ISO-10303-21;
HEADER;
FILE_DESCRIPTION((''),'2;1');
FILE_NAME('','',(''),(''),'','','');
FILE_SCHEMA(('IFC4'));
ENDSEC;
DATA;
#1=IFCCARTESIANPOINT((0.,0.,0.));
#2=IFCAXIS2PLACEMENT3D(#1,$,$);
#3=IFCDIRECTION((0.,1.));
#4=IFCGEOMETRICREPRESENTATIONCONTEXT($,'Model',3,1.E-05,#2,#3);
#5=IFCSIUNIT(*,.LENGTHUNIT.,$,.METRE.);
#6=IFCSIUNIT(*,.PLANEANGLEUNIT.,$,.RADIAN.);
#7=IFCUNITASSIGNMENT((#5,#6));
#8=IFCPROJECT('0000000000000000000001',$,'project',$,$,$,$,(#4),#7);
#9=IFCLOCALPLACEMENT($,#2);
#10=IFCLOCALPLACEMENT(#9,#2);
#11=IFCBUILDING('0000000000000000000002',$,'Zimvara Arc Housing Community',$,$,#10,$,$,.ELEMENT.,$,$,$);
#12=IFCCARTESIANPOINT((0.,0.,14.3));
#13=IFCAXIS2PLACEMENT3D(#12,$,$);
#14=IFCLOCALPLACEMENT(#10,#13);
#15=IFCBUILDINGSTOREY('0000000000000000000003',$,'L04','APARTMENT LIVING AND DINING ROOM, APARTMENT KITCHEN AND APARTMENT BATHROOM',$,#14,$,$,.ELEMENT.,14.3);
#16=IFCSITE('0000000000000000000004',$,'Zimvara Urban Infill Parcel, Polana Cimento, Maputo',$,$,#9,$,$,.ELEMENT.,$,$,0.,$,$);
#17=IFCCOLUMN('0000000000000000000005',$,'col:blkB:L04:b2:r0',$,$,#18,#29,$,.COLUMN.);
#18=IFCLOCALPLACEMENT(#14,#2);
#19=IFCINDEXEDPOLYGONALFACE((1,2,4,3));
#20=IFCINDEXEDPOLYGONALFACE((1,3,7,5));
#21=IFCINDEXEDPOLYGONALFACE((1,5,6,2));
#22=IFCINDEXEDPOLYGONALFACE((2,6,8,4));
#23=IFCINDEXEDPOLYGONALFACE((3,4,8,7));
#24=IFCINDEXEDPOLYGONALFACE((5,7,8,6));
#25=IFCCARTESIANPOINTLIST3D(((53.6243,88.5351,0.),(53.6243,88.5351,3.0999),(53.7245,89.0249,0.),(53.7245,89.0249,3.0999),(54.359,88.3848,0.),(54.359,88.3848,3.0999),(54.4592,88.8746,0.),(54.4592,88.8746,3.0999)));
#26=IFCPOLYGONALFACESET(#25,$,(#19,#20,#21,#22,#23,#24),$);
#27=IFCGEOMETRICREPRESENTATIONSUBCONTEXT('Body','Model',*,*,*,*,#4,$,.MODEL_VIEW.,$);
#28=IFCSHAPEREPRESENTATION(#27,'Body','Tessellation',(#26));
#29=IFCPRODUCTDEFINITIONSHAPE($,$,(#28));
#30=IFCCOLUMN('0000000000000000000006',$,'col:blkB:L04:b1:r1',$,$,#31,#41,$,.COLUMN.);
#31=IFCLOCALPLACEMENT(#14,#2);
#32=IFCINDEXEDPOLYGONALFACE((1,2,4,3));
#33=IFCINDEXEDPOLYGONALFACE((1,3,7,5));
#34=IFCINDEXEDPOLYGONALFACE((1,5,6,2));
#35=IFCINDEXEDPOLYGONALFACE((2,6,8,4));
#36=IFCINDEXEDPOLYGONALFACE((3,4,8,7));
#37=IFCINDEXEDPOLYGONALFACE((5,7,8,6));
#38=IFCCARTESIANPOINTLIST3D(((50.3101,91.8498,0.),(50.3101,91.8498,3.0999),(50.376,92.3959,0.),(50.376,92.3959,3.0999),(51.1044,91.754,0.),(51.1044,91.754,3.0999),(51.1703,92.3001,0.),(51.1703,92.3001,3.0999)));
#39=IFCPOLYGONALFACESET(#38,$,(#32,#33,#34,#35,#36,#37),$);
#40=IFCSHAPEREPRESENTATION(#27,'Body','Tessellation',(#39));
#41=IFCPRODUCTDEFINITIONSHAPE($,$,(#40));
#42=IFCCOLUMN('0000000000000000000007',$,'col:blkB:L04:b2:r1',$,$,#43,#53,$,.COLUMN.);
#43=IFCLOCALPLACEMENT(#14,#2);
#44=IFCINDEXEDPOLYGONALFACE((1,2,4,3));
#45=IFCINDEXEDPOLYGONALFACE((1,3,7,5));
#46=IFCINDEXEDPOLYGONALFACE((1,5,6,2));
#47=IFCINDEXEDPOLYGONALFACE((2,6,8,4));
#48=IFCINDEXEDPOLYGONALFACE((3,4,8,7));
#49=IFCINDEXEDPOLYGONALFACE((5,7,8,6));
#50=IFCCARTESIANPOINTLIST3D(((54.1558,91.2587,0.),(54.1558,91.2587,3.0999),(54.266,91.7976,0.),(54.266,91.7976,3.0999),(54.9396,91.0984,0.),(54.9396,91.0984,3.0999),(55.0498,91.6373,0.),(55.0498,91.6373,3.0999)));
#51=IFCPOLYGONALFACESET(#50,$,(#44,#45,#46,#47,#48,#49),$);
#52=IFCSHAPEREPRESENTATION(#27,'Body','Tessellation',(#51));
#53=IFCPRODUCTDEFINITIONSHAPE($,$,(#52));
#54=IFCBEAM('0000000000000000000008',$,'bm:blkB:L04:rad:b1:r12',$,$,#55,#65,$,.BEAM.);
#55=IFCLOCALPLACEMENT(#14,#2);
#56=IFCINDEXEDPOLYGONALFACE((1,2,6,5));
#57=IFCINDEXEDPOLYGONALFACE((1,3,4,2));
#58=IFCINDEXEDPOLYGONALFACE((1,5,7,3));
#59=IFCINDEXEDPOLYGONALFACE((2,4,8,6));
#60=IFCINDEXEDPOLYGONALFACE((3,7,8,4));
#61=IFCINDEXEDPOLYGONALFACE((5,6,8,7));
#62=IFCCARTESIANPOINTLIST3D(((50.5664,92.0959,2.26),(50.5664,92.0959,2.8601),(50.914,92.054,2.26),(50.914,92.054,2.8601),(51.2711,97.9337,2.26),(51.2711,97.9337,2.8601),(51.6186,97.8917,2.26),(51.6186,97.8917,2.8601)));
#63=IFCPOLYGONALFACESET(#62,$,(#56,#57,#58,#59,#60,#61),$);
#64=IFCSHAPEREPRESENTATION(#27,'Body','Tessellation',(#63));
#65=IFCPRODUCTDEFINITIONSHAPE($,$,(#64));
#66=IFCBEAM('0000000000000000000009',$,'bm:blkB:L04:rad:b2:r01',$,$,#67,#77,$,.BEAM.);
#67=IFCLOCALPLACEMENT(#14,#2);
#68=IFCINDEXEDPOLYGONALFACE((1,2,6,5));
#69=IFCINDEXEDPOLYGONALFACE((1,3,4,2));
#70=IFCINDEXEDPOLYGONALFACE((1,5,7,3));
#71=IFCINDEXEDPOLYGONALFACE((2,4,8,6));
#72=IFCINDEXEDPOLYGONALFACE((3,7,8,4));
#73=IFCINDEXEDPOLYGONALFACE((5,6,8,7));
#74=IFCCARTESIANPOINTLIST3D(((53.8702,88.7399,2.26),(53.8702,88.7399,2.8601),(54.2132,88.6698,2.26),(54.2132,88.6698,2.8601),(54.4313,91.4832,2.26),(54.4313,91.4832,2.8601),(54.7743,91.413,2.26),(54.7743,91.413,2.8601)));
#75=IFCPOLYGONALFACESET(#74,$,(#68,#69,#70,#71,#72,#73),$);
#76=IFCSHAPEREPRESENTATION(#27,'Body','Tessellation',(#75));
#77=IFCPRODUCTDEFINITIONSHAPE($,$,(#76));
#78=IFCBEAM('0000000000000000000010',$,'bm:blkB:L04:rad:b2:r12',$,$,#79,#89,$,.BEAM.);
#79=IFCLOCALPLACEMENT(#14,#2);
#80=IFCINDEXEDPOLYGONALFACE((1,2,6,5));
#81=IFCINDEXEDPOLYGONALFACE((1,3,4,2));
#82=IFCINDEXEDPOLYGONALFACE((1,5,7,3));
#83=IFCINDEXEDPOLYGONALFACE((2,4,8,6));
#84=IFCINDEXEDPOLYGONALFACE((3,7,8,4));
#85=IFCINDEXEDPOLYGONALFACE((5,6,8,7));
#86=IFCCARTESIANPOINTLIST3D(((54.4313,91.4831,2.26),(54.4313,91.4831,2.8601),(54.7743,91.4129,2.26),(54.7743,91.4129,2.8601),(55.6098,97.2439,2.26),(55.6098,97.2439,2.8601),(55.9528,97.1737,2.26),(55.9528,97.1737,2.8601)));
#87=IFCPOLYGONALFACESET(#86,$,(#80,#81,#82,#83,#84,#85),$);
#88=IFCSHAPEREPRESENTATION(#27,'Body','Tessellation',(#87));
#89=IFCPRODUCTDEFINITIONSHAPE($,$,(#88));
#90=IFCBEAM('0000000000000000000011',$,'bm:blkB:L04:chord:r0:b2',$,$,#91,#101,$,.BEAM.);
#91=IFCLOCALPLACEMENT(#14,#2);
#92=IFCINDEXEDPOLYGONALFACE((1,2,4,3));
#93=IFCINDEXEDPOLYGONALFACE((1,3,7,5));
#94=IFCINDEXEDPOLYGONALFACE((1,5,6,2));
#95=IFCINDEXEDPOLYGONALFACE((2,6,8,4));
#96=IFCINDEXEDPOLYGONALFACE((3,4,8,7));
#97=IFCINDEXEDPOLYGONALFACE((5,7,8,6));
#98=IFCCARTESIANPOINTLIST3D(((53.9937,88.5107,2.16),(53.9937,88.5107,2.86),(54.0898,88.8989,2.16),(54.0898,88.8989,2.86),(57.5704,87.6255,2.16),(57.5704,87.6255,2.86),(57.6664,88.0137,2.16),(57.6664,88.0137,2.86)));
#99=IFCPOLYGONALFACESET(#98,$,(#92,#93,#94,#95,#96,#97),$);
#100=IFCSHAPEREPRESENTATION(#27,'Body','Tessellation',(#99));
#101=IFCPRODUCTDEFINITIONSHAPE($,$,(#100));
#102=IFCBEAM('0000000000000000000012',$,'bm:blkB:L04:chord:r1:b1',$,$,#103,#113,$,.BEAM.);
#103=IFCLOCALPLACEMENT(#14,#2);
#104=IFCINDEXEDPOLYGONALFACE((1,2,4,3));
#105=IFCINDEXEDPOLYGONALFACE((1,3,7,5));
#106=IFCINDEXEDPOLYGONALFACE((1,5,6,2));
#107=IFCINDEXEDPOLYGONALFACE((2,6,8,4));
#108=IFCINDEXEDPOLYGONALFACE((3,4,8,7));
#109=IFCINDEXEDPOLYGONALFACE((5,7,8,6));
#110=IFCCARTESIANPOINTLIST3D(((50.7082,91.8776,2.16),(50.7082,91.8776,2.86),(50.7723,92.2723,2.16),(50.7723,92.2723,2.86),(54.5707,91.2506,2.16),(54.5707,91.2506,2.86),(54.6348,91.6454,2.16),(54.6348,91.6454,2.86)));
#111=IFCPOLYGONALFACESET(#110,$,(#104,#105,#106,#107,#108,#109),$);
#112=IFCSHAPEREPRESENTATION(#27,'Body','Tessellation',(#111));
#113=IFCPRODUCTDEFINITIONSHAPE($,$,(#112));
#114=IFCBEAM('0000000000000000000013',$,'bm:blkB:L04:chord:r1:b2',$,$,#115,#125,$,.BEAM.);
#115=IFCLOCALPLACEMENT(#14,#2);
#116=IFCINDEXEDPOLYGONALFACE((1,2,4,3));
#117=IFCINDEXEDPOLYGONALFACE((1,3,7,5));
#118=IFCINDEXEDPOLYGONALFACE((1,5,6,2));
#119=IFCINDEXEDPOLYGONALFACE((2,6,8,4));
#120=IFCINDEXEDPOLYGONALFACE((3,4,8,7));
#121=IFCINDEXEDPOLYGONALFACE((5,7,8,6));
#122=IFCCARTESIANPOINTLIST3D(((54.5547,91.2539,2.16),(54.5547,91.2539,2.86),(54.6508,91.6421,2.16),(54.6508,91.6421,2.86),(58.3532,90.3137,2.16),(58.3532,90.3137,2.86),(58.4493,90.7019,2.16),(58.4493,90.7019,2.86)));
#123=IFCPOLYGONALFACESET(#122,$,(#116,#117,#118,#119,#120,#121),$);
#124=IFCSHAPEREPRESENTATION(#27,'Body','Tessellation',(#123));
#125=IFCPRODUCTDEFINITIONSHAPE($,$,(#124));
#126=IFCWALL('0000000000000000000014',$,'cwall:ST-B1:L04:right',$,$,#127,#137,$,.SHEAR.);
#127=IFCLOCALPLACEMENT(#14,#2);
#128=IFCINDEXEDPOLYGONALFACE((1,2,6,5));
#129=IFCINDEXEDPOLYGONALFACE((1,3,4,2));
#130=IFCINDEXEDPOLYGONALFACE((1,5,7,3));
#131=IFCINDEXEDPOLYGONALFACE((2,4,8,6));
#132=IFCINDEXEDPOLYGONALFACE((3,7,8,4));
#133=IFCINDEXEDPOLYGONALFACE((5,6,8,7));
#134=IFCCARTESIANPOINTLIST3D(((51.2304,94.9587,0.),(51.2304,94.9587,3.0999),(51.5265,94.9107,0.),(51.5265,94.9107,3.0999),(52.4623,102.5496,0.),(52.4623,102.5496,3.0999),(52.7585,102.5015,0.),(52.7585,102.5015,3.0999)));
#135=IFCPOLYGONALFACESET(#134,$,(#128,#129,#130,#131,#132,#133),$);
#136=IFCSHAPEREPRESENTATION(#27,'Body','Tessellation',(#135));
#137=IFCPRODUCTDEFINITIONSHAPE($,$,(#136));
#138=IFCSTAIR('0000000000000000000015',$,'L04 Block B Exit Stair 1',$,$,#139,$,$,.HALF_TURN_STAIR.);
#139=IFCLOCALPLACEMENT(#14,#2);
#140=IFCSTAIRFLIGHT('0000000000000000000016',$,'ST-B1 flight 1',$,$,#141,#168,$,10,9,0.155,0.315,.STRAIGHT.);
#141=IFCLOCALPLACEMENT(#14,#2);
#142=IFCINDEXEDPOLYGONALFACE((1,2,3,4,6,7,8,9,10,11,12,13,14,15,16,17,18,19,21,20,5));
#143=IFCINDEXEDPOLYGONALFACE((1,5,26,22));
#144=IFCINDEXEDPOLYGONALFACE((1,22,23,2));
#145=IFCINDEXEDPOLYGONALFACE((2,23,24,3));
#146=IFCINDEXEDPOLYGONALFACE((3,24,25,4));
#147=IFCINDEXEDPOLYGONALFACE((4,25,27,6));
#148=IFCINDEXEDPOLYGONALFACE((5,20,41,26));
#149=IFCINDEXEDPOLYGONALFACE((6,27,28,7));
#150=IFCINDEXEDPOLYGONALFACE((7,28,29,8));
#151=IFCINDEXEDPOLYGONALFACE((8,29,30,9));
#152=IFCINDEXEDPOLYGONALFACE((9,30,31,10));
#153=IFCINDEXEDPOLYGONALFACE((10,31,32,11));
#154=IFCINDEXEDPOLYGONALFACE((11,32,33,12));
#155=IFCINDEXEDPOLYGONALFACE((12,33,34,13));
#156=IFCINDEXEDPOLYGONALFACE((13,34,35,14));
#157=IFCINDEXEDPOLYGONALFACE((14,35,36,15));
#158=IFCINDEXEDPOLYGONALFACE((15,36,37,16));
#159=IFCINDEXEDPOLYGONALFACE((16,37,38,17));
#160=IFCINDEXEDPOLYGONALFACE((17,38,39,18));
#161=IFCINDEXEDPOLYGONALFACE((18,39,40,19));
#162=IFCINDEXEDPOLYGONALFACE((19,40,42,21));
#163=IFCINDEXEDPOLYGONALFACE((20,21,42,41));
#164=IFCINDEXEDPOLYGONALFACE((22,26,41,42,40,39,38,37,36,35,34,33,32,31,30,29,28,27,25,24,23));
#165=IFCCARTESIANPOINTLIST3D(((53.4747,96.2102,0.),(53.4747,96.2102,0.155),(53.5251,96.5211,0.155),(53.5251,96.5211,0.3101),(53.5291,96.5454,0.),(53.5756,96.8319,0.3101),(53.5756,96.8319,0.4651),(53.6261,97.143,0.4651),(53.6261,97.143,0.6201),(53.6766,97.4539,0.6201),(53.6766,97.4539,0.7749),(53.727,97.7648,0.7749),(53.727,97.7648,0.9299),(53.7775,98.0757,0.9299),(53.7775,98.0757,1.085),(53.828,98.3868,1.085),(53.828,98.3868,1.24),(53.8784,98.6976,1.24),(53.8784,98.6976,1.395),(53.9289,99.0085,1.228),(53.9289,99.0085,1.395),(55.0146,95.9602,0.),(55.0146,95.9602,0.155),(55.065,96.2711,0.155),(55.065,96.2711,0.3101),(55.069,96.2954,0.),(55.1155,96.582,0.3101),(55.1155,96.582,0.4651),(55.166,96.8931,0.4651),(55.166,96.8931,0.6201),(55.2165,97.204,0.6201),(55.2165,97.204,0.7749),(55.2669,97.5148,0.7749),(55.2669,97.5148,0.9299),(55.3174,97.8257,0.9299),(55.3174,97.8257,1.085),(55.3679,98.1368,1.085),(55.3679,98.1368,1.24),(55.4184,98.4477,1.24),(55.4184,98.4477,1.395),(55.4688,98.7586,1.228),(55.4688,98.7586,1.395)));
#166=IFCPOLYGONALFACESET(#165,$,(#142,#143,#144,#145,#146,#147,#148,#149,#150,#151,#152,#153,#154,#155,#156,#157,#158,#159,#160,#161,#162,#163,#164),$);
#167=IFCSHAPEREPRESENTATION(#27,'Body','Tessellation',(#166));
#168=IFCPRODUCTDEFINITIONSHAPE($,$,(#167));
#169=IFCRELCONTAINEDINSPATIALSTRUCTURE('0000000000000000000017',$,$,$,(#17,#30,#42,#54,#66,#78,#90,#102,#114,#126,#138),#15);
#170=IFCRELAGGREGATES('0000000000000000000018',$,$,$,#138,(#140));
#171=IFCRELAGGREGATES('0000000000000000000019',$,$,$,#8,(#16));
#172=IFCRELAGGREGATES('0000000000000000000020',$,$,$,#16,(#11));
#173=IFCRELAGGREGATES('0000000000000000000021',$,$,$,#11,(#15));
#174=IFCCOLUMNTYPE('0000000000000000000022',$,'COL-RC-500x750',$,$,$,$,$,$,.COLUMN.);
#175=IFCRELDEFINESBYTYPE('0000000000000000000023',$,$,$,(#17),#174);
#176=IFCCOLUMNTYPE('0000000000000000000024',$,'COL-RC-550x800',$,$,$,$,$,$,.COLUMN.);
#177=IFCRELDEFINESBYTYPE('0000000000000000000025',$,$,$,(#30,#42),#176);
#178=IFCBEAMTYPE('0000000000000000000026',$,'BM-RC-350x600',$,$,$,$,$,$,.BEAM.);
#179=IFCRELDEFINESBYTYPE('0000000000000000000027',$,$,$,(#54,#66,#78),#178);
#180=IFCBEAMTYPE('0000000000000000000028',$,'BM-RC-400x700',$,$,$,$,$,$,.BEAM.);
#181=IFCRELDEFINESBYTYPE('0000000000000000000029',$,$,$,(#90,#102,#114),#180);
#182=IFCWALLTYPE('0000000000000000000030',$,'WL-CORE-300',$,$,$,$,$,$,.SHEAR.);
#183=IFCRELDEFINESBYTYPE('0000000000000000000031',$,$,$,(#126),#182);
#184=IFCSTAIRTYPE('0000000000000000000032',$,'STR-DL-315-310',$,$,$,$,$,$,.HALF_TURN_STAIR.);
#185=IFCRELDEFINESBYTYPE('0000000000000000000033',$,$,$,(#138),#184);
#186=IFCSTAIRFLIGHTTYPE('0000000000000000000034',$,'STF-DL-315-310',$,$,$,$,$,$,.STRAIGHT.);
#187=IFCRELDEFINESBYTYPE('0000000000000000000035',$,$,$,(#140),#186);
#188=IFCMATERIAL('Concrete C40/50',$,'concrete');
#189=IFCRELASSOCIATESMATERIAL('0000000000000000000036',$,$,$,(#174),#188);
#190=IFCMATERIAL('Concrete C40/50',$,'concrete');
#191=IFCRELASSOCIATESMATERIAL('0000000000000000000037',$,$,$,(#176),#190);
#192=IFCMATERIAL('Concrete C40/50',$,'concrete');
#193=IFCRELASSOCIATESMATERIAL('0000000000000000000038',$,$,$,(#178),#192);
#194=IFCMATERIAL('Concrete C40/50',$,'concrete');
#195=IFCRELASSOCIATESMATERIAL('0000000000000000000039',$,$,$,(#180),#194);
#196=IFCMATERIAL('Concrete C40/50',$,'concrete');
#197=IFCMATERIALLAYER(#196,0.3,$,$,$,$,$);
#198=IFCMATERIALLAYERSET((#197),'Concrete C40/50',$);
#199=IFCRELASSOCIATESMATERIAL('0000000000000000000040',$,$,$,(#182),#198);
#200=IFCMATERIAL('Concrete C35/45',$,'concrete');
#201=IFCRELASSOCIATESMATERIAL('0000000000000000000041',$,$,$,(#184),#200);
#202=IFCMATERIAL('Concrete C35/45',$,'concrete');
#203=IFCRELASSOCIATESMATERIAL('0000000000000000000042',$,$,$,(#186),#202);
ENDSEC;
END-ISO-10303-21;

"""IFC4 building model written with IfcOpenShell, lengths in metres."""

from ifc_helpers import new_model, si_unit, direction, frame, frame_2d, origin, origin_2d, place, context, subcontext, project, spatial, polyline, rectangle, outline, extrude, material, layer, layer_set, material_profile, profile_set, type_object, element, aggregate, save


model = new_model("IFC4")

# Units and contexts
model_context = context("Model", 3, precision=1e-05, world=origin(), true_north=direction((0.0, 1.0)))
body_context = subcontext(model_context, "Body", "Model", "MODEL_VIEW")
ifc_project = project(units=[si_unit("LENGTHUNIT", "METRE"), si_unit("PLANEANGLEUNIT", "RADIAN")], contexts=[model_context])

# Site, building, storey
site_placement = place(None, origin())
site = spatial("IfcSite", under=ifc_project, at=site_placement, Name="Zimvara Urban Infill Parcel, Polana Cimento, Maputo", CompositionType="ELEMENT", RefElevation=0.0)
building_placement = place(site_placement, origin())
building = spatial("IfcBuilding", under=site, at=building_placement, Name="Zimvara Arc Housing Community", CompositionType="ELEMENT")
storey_placement = place(building_placement, frame((0.0, 0.0, 14.3)))
storey = spatial("IfcBuildingStorey", under=building, at=storey_placement, Name="L04", Description="APARTMENT LIVING AND DINING ROOM, APARTMENT KITCHEN AND APARTMENT BATHROOM", CompositionType="ELEMENT", Elevation=14.3)

# Columns
ifc_material_1 = material(Name="Concrete C40/50", Category="concrete")
ifc_material_profile_1 = material_profile(ifc_material_1, rectangle(XDim=0.5, YDim=0.75, at=origin_2d()), Name="RC 500x750")
ifc_profile_set_1 = profile_set([ifc_material_profile_1], Name="Concrete C40/50")
column_type_1 = type_object("IfcColumnType", Name="COL-RC-500x750", PredefinedType="COLUMN", material=ifc_profile_set_1)
column_placement = place(storey_placement, frame((54.0417, 88.7048, 0.0), z_axis=(0.0, 0.0, 1.0), x_axis=(0.200394, 0.979715, 0.0)))
element("IfcColumn", 1, at=column_placement, inside=storey, type_object=column_type_1, Name="col:blkB:L04:b2:r0", PredefinedType="COLUMN", context=body_context, shape_type="SweptSolid", body=[
    extrude(rectangle(XDim=0.5, YDim=0.75, at=origin_2d()), origin(), (0.0, 0.0, 1.0), 3.0999),
])
ifc_material_2 = material(Name="Concrete C40/50", Category="concrete")
ifc_material_profile_2 = material_profile(ifc_material_2, rectangle(XDim=0.55, YDim=0.8, at=origin_2d()), Name="RC 550x800")
ifc_profile_set_2 = profile_set([ifc_material_profile_2], Name="Concrete C40/50")
column_type_2 = type_object("IfcColumnType", Name="COL-RC-550x800", PredefinedType="COLUMN", material=ifc_profile_set_2)
for number, where, z_axis, x_axis, name in (
    (2, (50.7402, 92.075, 0.0), (0.0, 0.0, 1.0), (0.11979, 0.992799, 0.0), "col:blkB:L04:b1:r1"),
    (3, (54.6028, 91.448, 0.0), (0.0, 0.0, 1.0), (0.200394, 0.979715, 0.0), "col:blkB:L04:b2:r1"),
):
    element("IfcColumn", number, at=place(storey_placement, frame(where, z_axis=z_axis, x_axis=x_axis)), inside=storey, type_object=column_type_2, Name=name, PredefinedType="COLUMN", context=body_context, shape_type="SweptSolid", body=[
        extrude(rectangle(XDim=0.55, YDim=0.8, at=origin_2d()), origin(), (0.0, 0.0, 1.0), 3.0999),
    ])

# Beams
ifc_material_3 = material(Name="Concrete C40/50", Category="concrete")
ifc_material_profile_3 = material_profile(ifc_material_3, rectangle(XDim=0.3501, YDim=0.6001, at=origin_2d()), Name="RC 350x600")
ifc_profile_set_3 = profile_set([ifc_material_profile_3], Name="Concrete C40/50")
beam_type_1 = type_object("IfcBeamType", Name="BM-RC-350x600", PredefinedType="BEAM", material=ifc_profile_set_3)
beam_1_placement = place(storey_placement, frame((50.7402, 92.075, 2.5601), z_axis=(0.119828, 0.992795, 0.0), x_axis=(-0.992795, 0.119828, 0.0)))
element("IfcBeam", 4, at=beam_1_placement, inside=storey, type_object=beam_type_1, Name="bm:blkB:L04:rad:b1:r12", PredefinedType="BEAM", context=body_context, shape_type="SweptSolid", body=[
    extrude(rectangle(XDim=0.3501, YDim=0.6001, at=origin_2d()), origin(), (0.0, 0.0, 1.0), 5.8801),
])
beam_2_placement = place(storey_placement, frame((54.0417, 88.7048, 2.5601), z_axis=(0.200373, 0.97972, 0.0), x_axis=(-0.97972, 0.200373, 0.0)))
element("IfcBeam", 5, at=beam_2_placement, inside=storey, type_object=beam_type_1, Name="bm:blkB:L04:rad:b2:r01", PredefinedType="BEAM", context=body_context, shape_type="SweptSolid", body=[
    extrude(rectangle(XDim=0.3501, YDim=0.6001, at=origin_2d()), origin(), (0.0, 0.0, 1.0), 2.8),
])
beam_3_placement = place(storey_placement, frame((54.6028, 91.448, 2.5601), z_axis=(0.200418, 0.97971, 0.0), x_axis=(-0.97971, 0.200418, 0.0)))
element("IfcBeam", 6, at=beam_3_placement, inside=storey, type_object=beam_type_1, Name="bm:blkB:L04:rad:b2:r12", PredefinedType="BEAM", context=body_context, shape_type="SweptSolid", body=[
    extrude(rectangle(XDim=0.3501, YDim=0.6001, at=origin_2d()), origin(), (0.0, 0.0, 1.0), 5.8801),
])
ifc_material_4 = material(Name="Concrete C40/50", Category="concrete")
ifc_material_profile_4 = material_profile(ifc_material_4, rectangle(XDim=0.3999, YDim=0.7, at=origin_2d()), Name="RC 400x700")
ifc_profile_set_4 = profile_set([ifc_material_profile_4], Name="Concrete C40/50")
beam_type_2 = type_object("IfcBeamType", Name="BM-RC-400x700", PredefinedType="BEAM", material=ifc_profile_set_4)
beam_4_placement = place(storey_placement, frame((54.0417, 88.7048, 2.51), z_axis=(0.970709, -0.240259, 0.0), x_axis=(0.240259, 0.970709, 0.0)))
element("IfcBeam", 7, at=beam_4_placement, inside=storey, type_object=beam_type_2, Name="bm:blkB:L04:chord:r0:b2", PredefinedType="BEAM", context=body_context, shape_type="SweptSolid", body=[
    extrude(rectangle(XDim=0.3999, YDim=0.7, at=origin_2d()), origin(), (0.0, 0.0, 1.0), 3.6846),
])
for number, where, z_axis, x_axis, name in (
    (8, (50.7402, 92.075, 2.51), (0.987081, -0.160219, 0.0), (0.160219, 0.987081, 0.0), "bm:blkB:L04:chord:r1:b1"),
    (9, (54.6028, 91.448, 2.51), (0.970709, -0.24026, 0.0), (0.24026, 0.970709, 0.0), "bm:blkB:L04:chord:r1:b2"),
):
    element("IfcBeam", number, at=place(storey_placement, frame(where, z_axis=z_axis, x_axis=x_axis)), inside=storey, type_object=beam_type_2, Name=name, PredefinedType="BEAM", context=body_context, shape_type="SweptSolid", body=[
        extrude(rectangle(XDim=0.3999, YDim=0.7, at=origin_2d()), origin(), (0.0, 0.0, 1.0), 3.9131),
    ])

# Wall
ifc_material_5 = material(Name="Concrete C40/50", Category="concrete")
ifc_layer_1 = layer(ifc_material_5, 0.3)
ifc_layer_set_1 = layer_set([ifc_layer_1], Name="Concrete C40/50")
wall_type_1 = type_object("IfcWallType", Name="WL-CORE-300", PredefinedType="SHEAR", material=ifc_layer_set_1)
wall_1_placement = place(storey_placement, frame((51.3784, 94.9346, 0.0), z_axis=(0.0, 0.0, 1.0), x_axis=(0.160197, 0.987085, 0.0)))
element("IfcWall", 10, at=wall_1_placement, inside=storey, type_object=wall_type_1, Name="cwall:ST-B1:L04:right", PredefinedType="SHEAR", context=body_context, shape_type="SweptSolid", body=[
    extrude(rectangle(XDim=7.6902, YDim=0.3, at=frame_2d((3.8452, 0.0))), origin(), (0.0, 0.0, 1.0), 3.0999),
])

# Stair, stair flight
ifc_material_6 = material(Name="Concrete C35/45", Category="concrete")
stair_type = type_object("IfcStairType", Name="STR-DL-315-310", PredefinedType="HALF_TURN_STAIR", material=ifc_material_6)
stair_placement = place(storey_placement, origin())
stair = element("IfcStair", 11, at=stair_placement, inside=storey, type_object=stair_type, Name="L04 Block B Exit Stair 1", PredefinedType="HALF_TURN_STAIR")
ifc_material_7 = material(Name="Concrete C35/45", Category="concrete")
stair_flight_type = type_object("IfcStairFlightType", Name="STF-DL-315-310", PredefinedType="STRAIGHT", material=ifc_material_7)
stair_flight_placement = place(storey_placement, frame((54.2446, 96.0852, 0.0), z_axis=(0.0, 0.0, 1.0), x_axis=(0.160226, 0.98708, 0.0)))
stair_flight = element("IfcStairFlight", 12, at=stair_flight_placement, type_object=stair_flight_type, Name="ST-B1 flight 1", NumberOfRisers=10, NumberOfTreads=9, PredefinedType="STRAIGHT", RiserHeight=0.155, TreadLength=0.315, context=body_context, shape_type="SweptSolid", body=[
    extrude(outline(polyline([(0.0, 0.0), (0.0, 0.155), (0.3149, 0.155), (0.3149, 0.3101), (0.6299, 0.3101), (0.6299, 0.4651), (0.9451, 0.4651), (0.9451, 0.6201), (1.26, 0.6201), (1.26, 0.7749), (1.575, 0.7749), (1.575, 0.9299), (1.8899, 0.9299), (1.8899, 1.085), (2.2051, 1.085), (2.2051, 1.24), (2.52, 1.24), (2.52, 1.395), (2.835, 1.395), (2.835, 1.55), (2.835, 1.228), (0.3396, 0.0), (0.0, 0.0)])), frame((0.0, 0.78, 0.0), z_axis=(0.0, -1.0, 0.0), x_axis=(1.0, 0.0, 0.0)), (0.0, 0.0, 1.0), 1.5601),
])
aggregate(stair, [stair_flight])

save(model, "model.ifc")
